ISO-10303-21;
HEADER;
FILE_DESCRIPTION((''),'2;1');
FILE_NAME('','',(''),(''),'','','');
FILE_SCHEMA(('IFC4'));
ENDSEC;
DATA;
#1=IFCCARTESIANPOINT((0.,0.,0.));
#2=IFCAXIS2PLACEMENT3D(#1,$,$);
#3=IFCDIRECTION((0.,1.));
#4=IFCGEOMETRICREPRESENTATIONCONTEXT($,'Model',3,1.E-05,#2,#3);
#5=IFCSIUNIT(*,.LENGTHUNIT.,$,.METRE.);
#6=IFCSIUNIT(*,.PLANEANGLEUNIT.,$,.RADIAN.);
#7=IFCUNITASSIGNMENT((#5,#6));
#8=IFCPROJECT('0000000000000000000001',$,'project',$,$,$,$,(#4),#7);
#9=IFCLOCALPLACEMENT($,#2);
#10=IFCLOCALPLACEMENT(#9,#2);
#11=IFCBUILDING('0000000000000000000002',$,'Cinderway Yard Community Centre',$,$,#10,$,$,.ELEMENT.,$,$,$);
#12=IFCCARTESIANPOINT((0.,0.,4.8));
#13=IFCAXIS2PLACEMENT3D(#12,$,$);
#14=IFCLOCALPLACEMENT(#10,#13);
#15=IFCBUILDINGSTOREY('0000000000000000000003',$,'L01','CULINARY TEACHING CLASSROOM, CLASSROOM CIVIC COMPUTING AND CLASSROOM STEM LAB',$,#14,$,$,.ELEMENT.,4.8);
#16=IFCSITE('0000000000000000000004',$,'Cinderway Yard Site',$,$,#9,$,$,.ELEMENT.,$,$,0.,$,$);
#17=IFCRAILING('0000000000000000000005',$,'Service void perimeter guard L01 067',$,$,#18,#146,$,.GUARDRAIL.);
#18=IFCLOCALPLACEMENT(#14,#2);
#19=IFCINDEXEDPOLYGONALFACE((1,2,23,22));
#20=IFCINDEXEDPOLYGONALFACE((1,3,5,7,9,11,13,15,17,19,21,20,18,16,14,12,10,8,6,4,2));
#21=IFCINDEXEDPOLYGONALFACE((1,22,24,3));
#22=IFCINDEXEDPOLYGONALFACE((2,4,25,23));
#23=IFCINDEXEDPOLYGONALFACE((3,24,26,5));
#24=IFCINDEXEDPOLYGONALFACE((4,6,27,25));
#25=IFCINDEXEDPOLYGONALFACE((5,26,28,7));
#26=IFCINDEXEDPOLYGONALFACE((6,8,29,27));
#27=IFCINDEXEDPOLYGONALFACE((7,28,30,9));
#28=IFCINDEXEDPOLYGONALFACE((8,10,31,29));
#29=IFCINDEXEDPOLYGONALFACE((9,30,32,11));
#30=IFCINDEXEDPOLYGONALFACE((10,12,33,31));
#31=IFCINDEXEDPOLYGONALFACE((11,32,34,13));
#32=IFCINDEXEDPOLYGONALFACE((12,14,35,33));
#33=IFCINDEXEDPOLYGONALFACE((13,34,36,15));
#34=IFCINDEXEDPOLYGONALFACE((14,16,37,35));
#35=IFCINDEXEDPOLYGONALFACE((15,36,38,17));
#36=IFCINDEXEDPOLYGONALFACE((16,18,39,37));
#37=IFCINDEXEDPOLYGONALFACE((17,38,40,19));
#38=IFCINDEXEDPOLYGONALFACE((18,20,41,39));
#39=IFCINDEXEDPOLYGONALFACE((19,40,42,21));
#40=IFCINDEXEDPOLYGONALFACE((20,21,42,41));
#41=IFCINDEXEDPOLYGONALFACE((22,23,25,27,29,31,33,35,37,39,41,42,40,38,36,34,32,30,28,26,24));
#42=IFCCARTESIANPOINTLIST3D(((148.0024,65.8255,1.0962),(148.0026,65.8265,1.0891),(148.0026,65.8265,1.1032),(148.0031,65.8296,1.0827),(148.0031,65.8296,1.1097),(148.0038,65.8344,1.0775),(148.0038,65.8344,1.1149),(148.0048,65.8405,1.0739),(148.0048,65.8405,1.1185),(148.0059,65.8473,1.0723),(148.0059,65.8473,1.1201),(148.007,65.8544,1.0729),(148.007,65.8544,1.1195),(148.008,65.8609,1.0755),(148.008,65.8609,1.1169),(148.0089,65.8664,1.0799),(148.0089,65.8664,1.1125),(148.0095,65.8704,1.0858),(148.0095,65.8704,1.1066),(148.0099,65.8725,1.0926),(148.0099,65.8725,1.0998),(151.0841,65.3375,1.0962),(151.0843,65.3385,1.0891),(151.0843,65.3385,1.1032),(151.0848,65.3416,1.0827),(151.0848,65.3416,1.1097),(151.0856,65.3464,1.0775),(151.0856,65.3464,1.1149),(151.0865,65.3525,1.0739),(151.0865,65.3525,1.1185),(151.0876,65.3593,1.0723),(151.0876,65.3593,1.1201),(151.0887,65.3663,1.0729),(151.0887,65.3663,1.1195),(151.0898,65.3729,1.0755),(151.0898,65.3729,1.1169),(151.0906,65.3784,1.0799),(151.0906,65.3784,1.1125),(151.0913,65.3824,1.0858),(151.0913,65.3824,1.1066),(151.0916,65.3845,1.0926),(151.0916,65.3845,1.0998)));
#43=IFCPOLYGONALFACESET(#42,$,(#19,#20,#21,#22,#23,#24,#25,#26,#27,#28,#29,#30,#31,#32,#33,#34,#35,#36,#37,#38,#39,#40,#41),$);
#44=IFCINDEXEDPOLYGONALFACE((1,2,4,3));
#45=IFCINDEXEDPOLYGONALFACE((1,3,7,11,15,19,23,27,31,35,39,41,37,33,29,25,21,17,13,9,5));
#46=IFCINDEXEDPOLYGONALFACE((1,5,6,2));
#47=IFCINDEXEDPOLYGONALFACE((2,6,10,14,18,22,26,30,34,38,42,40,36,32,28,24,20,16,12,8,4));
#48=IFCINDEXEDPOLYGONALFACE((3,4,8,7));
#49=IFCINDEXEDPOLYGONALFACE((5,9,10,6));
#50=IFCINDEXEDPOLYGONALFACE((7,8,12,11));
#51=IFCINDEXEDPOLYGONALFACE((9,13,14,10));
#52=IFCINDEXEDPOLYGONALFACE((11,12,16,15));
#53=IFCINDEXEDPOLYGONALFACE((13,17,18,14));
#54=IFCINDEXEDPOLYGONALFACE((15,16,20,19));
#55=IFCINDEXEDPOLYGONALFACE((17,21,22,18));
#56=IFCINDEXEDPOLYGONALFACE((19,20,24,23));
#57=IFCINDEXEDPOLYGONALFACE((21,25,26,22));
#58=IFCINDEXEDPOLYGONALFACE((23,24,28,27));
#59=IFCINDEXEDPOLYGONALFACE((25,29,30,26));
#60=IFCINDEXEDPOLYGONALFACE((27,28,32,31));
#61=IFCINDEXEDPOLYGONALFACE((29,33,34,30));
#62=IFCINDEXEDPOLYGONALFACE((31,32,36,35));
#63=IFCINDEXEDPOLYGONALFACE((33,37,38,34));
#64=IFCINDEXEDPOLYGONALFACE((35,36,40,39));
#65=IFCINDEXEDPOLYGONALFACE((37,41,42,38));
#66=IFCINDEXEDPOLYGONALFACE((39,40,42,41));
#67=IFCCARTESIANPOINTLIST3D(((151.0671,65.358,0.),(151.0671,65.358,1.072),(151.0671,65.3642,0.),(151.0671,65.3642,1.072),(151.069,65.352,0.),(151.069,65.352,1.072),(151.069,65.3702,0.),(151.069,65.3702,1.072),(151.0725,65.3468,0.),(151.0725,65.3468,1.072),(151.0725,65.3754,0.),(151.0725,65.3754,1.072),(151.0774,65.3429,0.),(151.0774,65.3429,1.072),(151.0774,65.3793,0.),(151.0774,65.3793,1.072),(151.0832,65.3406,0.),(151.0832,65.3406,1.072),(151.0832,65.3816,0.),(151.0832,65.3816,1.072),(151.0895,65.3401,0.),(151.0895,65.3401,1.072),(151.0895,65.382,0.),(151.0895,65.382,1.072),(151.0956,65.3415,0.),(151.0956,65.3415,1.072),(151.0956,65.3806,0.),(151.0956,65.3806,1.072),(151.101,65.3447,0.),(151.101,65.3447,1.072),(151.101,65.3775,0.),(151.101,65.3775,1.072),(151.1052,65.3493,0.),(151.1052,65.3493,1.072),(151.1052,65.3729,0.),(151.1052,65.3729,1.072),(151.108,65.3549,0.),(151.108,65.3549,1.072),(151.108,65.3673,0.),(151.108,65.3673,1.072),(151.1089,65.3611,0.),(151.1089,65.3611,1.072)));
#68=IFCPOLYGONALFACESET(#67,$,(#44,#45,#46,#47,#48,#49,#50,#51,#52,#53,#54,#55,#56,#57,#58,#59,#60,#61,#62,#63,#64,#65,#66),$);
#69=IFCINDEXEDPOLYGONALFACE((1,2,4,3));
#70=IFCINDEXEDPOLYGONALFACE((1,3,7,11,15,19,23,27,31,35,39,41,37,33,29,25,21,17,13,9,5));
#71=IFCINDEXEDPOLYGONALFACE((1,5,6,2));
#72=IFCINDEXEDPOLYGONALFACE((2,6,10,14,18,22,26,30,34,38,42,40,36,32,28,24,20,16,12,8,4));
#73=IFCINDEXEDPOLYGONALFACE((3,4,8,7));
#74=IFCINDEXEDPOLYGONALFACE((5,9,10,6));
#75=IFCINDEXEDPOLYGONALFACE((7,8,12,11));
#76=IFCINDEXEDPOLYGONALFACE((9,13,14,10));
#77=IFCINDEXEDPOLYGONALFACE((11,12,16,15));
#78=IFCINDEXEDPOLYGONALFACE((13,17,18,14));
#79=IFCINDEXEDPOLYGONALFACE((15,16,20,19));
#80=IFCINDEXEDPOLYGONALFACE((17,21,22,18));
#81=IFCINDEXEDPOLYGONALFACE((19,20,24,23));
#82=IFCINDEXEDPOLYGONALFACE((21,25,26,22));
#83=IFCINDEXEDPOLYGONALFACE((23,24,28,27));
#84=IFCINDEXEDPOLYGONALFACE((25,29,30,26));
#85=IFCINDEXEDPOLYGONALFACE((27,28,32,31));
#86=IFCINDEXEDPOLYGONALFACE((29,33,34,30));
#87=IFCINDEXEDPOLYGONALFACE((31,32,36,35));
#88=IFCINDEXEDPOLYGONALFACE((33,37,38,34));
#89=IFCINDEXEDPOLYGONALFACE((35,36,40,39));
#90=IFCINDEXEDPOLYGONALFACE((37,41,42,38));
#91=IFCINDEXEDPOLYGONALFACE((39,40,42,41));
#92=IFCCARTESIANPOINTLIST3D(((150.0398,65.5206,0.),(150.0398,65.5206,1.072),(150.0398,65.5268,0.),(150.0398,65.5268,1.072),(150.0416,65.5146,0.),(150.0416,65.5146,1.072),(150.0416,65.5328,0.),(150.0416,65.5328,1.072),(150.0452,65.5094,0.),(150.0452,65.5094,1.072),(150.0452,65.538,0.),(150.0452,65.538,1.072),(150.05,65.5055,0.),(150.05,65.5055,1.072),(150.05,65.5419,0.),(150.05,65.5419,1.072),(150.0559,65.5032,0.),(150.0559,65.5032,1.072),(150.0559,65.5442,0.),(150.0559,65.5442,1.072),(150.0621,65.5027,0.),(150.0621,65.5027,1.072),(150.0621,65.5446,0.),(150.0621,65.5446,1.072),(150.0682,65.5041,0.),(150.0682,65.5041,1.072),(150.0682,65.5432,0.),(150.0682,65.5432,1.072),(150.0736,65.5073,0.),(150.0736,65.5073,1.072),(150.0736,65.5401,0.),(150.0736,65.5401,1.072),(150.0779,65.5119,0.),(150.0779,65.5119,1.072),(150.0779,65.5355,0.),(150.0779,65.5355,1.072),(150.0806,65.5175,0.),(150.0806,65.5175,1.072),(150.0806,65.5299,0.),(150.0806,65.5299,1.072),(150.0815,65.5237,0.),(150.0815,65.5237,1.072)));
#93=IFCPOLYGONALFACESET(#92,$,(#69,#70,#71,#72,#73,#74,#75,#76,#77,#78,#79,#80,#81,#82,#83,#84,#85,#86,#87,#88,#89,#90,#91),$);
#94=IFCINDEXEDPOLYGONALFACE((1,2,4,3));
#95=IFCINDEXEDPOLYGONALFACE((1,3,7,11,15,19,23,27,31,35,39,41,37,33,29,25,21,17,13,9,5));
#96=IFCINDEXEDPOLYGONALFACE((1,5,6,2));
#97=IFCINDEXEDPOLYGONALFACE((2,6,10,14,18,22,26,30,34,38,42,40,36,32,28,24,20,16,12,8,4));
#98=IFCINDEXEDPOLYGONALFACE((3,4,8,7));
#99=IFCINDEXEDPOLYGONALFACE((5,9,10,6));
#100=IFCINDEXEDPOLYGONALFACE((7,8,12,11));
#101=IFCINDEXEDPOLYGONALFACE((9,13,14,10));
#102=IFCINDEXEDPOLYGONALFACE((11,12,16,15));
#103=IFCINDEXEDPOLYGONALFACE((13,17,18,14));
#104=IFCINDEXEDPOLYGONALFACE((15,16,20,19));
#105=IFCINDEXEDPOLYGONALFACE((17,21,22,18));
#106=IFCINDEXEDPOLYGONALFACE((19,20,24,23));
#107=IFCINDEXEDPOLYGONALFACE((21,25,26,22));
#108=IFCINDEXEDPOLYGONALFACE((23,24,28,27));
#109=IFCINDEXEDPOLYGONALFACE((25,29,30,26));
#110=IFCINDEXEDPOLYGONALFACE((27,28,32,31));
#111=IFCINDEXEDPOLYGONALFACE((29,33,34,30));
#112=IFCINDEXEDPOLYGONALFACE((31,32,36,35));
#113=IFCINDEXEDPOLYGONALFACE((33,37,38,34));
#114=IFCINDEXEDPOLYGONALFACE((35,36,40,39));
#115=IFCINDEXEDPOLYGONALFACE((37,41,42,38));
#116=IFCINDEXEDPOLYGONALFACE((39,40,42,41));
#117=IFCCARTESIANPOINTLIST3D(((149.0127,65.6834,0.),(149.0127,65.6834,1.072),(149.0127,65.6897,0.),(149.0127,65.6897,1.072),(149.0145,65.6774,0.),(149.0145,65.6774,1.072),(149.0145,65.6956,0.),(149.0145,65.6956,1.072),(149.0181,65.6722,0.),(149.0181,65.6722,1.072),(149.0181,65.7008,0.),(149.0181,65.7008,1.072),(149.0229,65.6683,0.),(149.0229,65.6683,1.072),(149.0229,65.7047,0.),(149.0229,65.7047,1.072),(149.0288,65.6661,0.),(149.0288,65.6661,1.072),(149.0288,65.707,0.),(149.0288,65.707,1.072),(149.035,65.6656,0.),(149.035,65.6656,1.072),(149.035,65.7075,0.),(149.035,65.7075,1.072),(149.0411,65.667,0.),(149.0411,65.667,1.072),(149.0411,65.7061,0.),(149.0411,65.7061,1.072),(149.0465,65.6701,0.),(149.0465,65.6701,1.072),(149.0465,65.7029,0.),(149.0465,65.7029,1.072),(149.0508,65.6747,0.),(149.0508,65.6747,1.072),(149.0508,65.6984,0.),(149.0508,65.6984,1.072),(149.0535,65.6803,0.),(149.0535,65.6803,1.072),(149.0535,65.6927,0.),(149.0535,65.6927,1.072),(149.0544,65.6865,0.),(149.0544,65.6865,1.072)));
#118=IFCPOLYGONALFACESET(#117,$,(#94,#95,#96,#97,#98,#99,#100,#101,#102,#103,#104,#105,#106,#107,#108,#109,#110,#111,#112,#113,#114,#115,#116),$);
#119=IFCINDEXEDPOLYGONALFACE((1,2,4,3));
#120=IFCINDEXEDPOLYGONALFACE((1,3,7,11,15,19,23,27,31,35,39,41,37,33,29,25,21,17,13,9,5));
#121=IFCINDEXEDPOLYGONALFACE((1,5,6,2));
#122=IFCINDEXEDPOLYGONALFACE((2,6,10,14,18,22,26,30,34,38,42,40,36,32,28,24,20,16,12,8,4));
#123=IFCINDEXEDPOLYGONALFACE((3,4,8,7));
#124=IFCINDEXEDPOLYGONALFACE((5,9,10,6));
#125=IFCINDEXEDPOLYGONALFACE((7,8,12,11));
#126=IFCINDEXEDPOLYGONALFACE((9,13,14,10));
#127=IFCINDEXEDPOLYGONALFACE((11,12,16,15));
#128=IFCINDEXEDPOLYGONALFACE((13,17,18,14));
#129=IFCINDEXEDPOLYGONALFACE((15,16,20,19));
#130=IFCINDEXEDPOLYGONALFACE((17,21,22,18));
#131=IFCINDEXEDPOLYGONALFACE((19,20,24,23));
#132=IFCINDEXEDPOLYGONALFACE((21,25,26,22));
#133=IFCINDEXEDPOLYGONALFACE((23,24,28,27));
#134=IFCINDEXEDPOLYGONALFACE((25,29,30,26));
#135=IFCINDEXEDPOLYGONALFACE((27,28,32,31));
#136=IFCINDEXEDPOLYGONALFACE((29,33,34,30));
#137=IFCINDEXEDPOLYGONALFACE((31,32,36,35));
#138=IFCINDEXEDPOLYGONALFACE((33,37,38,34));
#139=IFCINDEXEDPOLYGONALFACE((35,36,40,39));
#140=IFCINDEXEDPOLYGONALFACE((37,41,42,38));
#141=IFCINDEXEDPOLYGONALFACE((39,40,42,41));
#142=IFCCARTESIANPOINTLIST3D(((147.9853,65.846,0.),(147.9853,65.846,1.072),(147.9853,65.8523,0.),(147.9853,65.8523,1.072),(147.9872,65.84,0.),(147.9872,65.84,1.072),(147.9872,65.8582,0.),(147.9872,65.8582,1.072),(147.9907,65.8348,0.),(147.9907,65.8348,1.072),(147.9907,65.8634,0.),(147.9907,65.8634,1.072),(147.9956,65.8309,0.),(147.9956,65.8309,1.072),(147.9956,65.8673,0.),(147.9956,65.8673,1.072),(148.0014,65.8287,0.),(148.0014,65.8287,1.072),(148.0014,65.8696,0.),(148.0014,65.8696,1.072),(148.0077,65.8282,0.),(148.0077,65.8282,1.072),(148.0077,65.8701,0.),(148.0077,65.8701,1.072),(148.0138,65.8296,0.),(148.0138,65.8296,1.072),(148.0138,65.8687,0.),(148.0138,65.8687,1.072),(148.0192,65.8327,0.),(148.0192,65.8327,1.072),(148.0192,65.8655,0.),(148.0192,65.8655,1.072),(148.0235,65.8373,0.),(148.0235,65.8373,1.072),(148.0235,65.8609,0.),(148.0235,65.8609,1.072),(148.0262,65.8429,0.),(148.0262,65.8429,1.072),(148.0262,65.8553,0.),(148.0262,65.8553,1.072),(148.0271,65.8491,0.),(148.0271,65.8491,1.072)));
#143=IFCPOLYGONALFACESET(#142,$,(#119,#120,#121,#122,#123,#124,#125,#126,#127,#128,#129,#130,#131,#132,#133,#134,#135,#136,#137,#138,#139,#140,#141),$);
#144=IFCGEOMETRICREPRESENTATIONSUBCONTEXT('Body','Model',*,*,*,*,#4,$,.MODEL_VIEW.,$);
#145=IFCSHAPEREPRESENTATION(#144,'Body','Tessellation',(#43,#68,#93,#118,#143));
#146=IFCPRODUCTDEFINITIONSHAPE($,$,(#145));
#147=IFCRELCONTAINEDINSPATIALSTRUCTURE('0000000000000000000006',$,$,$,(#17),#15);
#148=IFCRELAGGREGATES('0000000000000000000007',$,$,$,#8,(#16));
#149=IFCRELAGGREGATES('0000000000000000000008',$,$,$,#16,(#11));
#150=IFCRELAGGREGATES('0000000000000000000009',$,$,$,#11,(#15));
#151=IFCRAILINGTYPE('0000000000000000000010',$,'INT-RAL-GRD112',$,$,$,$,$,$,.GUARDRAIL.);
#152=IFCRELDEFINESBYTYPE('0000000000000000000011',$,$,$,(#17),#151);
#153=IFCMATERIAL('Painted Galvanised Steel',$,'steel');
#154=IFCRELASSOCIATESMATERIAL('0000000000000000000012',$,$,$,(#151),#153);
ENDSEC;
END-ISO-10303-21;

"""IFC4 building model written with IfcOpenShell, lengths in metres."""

from ifc_helpers import new_model, si_unit, direction, frame, origin, origin_2d, place, context, subcontext, project, spatial, circle, extrude, material, type_object, element, save


model = new_model("IFC4")

# Units and contexts
model_context = context("Model", 3, precision=1e-05, world=origin(), true_north=direction((0.0, 1.0)))
body_context = subcontext(model_context, "Body", "Model", "MODEL_VIEW")
ifc_project = project(units=[si_unit("LENGTHUNIT", "METRE"), si_unit("PLANEANGLEUNIT", "RADIAN")], contexts=[model_context])

# Site, building, storey
site_placement = place(None, origin())
site = spatial("IfcSite", under=ifc_project, at=site_placement, Name="Cinderway Yard Site", CompositionType="ELEMENT", RefElevation=0.0)
building_placement = place(site_placement, origin())
building = spatial("IfcBuilding", under=site, at=building_placement, Name="Cinderway Yard Community Centre", CompositionType="ELEMENT")
storey_placement = place(building_placement, frame((0.0, 0.0, 4.8)))
storey = spatial("IfcBuildingStorey", under=building, at=storey_placement, Name="L01", Description="CULINARY TEACHING CLASSROOM, CLASSROOM CIVIC COMPUTING AND CLASSROOM STEM LAB", CompositionType="ELEMENT", Elevation=4.8)

# Shared definitions
ifc_material_1 = material(Name="Painted Galvanised Steel", Category="steel")

# Railing
railing_type_1 = type_object("IfcRailingType", Name="INT-RAL-GRD112", PredefinedType="GUARDRAIL", material=ifc_material_1)
railing_1_placement = place(storey_placement, frame((151.0879, 65.3611, 0.0)))
element("IfcRailing", 1, at=railing_1_placement, inside=storey, type_object=railing_type_1, Name="Service void perimeter guard L01 067", PredefinedType="GUARDRAIL", context=body_context, shape_type="SweptSolid", body=[
    extrude(circle(Radius=0.0239, at=origin_2d()), frame((0.0, 0.0, 1.0962), z_axis=(-0.987692, 0.156413, 0.0), x_axis=(-0.156413, -0.987692, 0.0)), (0.0, 0.0, 1.0), 3.1201),
    extrude(circle(Radius=0.021, at=origin_2d()), origin(), (0.0, 0.0, 1.0), 1.072),
    extrude(circle(Radius=0.021, at=origin_2d()), frame((-1.0273, 0.1626, 0.0)), (0.0, 0.0, 1.0), 1.072),
    extrude(circle(Radius=0.021, at=origin_2d()), frame((-2.0544, 0.3254, 0.0)), (0.0, 0.0, 1.0), 1.072),
    extrude(circle(Radius=0.021, at=origin_2d()), frame((-3.0818, 0.488, 0.0)), (0.0, 0.0, 1.0), 1.072),
])

save(model, "model.ifc")
